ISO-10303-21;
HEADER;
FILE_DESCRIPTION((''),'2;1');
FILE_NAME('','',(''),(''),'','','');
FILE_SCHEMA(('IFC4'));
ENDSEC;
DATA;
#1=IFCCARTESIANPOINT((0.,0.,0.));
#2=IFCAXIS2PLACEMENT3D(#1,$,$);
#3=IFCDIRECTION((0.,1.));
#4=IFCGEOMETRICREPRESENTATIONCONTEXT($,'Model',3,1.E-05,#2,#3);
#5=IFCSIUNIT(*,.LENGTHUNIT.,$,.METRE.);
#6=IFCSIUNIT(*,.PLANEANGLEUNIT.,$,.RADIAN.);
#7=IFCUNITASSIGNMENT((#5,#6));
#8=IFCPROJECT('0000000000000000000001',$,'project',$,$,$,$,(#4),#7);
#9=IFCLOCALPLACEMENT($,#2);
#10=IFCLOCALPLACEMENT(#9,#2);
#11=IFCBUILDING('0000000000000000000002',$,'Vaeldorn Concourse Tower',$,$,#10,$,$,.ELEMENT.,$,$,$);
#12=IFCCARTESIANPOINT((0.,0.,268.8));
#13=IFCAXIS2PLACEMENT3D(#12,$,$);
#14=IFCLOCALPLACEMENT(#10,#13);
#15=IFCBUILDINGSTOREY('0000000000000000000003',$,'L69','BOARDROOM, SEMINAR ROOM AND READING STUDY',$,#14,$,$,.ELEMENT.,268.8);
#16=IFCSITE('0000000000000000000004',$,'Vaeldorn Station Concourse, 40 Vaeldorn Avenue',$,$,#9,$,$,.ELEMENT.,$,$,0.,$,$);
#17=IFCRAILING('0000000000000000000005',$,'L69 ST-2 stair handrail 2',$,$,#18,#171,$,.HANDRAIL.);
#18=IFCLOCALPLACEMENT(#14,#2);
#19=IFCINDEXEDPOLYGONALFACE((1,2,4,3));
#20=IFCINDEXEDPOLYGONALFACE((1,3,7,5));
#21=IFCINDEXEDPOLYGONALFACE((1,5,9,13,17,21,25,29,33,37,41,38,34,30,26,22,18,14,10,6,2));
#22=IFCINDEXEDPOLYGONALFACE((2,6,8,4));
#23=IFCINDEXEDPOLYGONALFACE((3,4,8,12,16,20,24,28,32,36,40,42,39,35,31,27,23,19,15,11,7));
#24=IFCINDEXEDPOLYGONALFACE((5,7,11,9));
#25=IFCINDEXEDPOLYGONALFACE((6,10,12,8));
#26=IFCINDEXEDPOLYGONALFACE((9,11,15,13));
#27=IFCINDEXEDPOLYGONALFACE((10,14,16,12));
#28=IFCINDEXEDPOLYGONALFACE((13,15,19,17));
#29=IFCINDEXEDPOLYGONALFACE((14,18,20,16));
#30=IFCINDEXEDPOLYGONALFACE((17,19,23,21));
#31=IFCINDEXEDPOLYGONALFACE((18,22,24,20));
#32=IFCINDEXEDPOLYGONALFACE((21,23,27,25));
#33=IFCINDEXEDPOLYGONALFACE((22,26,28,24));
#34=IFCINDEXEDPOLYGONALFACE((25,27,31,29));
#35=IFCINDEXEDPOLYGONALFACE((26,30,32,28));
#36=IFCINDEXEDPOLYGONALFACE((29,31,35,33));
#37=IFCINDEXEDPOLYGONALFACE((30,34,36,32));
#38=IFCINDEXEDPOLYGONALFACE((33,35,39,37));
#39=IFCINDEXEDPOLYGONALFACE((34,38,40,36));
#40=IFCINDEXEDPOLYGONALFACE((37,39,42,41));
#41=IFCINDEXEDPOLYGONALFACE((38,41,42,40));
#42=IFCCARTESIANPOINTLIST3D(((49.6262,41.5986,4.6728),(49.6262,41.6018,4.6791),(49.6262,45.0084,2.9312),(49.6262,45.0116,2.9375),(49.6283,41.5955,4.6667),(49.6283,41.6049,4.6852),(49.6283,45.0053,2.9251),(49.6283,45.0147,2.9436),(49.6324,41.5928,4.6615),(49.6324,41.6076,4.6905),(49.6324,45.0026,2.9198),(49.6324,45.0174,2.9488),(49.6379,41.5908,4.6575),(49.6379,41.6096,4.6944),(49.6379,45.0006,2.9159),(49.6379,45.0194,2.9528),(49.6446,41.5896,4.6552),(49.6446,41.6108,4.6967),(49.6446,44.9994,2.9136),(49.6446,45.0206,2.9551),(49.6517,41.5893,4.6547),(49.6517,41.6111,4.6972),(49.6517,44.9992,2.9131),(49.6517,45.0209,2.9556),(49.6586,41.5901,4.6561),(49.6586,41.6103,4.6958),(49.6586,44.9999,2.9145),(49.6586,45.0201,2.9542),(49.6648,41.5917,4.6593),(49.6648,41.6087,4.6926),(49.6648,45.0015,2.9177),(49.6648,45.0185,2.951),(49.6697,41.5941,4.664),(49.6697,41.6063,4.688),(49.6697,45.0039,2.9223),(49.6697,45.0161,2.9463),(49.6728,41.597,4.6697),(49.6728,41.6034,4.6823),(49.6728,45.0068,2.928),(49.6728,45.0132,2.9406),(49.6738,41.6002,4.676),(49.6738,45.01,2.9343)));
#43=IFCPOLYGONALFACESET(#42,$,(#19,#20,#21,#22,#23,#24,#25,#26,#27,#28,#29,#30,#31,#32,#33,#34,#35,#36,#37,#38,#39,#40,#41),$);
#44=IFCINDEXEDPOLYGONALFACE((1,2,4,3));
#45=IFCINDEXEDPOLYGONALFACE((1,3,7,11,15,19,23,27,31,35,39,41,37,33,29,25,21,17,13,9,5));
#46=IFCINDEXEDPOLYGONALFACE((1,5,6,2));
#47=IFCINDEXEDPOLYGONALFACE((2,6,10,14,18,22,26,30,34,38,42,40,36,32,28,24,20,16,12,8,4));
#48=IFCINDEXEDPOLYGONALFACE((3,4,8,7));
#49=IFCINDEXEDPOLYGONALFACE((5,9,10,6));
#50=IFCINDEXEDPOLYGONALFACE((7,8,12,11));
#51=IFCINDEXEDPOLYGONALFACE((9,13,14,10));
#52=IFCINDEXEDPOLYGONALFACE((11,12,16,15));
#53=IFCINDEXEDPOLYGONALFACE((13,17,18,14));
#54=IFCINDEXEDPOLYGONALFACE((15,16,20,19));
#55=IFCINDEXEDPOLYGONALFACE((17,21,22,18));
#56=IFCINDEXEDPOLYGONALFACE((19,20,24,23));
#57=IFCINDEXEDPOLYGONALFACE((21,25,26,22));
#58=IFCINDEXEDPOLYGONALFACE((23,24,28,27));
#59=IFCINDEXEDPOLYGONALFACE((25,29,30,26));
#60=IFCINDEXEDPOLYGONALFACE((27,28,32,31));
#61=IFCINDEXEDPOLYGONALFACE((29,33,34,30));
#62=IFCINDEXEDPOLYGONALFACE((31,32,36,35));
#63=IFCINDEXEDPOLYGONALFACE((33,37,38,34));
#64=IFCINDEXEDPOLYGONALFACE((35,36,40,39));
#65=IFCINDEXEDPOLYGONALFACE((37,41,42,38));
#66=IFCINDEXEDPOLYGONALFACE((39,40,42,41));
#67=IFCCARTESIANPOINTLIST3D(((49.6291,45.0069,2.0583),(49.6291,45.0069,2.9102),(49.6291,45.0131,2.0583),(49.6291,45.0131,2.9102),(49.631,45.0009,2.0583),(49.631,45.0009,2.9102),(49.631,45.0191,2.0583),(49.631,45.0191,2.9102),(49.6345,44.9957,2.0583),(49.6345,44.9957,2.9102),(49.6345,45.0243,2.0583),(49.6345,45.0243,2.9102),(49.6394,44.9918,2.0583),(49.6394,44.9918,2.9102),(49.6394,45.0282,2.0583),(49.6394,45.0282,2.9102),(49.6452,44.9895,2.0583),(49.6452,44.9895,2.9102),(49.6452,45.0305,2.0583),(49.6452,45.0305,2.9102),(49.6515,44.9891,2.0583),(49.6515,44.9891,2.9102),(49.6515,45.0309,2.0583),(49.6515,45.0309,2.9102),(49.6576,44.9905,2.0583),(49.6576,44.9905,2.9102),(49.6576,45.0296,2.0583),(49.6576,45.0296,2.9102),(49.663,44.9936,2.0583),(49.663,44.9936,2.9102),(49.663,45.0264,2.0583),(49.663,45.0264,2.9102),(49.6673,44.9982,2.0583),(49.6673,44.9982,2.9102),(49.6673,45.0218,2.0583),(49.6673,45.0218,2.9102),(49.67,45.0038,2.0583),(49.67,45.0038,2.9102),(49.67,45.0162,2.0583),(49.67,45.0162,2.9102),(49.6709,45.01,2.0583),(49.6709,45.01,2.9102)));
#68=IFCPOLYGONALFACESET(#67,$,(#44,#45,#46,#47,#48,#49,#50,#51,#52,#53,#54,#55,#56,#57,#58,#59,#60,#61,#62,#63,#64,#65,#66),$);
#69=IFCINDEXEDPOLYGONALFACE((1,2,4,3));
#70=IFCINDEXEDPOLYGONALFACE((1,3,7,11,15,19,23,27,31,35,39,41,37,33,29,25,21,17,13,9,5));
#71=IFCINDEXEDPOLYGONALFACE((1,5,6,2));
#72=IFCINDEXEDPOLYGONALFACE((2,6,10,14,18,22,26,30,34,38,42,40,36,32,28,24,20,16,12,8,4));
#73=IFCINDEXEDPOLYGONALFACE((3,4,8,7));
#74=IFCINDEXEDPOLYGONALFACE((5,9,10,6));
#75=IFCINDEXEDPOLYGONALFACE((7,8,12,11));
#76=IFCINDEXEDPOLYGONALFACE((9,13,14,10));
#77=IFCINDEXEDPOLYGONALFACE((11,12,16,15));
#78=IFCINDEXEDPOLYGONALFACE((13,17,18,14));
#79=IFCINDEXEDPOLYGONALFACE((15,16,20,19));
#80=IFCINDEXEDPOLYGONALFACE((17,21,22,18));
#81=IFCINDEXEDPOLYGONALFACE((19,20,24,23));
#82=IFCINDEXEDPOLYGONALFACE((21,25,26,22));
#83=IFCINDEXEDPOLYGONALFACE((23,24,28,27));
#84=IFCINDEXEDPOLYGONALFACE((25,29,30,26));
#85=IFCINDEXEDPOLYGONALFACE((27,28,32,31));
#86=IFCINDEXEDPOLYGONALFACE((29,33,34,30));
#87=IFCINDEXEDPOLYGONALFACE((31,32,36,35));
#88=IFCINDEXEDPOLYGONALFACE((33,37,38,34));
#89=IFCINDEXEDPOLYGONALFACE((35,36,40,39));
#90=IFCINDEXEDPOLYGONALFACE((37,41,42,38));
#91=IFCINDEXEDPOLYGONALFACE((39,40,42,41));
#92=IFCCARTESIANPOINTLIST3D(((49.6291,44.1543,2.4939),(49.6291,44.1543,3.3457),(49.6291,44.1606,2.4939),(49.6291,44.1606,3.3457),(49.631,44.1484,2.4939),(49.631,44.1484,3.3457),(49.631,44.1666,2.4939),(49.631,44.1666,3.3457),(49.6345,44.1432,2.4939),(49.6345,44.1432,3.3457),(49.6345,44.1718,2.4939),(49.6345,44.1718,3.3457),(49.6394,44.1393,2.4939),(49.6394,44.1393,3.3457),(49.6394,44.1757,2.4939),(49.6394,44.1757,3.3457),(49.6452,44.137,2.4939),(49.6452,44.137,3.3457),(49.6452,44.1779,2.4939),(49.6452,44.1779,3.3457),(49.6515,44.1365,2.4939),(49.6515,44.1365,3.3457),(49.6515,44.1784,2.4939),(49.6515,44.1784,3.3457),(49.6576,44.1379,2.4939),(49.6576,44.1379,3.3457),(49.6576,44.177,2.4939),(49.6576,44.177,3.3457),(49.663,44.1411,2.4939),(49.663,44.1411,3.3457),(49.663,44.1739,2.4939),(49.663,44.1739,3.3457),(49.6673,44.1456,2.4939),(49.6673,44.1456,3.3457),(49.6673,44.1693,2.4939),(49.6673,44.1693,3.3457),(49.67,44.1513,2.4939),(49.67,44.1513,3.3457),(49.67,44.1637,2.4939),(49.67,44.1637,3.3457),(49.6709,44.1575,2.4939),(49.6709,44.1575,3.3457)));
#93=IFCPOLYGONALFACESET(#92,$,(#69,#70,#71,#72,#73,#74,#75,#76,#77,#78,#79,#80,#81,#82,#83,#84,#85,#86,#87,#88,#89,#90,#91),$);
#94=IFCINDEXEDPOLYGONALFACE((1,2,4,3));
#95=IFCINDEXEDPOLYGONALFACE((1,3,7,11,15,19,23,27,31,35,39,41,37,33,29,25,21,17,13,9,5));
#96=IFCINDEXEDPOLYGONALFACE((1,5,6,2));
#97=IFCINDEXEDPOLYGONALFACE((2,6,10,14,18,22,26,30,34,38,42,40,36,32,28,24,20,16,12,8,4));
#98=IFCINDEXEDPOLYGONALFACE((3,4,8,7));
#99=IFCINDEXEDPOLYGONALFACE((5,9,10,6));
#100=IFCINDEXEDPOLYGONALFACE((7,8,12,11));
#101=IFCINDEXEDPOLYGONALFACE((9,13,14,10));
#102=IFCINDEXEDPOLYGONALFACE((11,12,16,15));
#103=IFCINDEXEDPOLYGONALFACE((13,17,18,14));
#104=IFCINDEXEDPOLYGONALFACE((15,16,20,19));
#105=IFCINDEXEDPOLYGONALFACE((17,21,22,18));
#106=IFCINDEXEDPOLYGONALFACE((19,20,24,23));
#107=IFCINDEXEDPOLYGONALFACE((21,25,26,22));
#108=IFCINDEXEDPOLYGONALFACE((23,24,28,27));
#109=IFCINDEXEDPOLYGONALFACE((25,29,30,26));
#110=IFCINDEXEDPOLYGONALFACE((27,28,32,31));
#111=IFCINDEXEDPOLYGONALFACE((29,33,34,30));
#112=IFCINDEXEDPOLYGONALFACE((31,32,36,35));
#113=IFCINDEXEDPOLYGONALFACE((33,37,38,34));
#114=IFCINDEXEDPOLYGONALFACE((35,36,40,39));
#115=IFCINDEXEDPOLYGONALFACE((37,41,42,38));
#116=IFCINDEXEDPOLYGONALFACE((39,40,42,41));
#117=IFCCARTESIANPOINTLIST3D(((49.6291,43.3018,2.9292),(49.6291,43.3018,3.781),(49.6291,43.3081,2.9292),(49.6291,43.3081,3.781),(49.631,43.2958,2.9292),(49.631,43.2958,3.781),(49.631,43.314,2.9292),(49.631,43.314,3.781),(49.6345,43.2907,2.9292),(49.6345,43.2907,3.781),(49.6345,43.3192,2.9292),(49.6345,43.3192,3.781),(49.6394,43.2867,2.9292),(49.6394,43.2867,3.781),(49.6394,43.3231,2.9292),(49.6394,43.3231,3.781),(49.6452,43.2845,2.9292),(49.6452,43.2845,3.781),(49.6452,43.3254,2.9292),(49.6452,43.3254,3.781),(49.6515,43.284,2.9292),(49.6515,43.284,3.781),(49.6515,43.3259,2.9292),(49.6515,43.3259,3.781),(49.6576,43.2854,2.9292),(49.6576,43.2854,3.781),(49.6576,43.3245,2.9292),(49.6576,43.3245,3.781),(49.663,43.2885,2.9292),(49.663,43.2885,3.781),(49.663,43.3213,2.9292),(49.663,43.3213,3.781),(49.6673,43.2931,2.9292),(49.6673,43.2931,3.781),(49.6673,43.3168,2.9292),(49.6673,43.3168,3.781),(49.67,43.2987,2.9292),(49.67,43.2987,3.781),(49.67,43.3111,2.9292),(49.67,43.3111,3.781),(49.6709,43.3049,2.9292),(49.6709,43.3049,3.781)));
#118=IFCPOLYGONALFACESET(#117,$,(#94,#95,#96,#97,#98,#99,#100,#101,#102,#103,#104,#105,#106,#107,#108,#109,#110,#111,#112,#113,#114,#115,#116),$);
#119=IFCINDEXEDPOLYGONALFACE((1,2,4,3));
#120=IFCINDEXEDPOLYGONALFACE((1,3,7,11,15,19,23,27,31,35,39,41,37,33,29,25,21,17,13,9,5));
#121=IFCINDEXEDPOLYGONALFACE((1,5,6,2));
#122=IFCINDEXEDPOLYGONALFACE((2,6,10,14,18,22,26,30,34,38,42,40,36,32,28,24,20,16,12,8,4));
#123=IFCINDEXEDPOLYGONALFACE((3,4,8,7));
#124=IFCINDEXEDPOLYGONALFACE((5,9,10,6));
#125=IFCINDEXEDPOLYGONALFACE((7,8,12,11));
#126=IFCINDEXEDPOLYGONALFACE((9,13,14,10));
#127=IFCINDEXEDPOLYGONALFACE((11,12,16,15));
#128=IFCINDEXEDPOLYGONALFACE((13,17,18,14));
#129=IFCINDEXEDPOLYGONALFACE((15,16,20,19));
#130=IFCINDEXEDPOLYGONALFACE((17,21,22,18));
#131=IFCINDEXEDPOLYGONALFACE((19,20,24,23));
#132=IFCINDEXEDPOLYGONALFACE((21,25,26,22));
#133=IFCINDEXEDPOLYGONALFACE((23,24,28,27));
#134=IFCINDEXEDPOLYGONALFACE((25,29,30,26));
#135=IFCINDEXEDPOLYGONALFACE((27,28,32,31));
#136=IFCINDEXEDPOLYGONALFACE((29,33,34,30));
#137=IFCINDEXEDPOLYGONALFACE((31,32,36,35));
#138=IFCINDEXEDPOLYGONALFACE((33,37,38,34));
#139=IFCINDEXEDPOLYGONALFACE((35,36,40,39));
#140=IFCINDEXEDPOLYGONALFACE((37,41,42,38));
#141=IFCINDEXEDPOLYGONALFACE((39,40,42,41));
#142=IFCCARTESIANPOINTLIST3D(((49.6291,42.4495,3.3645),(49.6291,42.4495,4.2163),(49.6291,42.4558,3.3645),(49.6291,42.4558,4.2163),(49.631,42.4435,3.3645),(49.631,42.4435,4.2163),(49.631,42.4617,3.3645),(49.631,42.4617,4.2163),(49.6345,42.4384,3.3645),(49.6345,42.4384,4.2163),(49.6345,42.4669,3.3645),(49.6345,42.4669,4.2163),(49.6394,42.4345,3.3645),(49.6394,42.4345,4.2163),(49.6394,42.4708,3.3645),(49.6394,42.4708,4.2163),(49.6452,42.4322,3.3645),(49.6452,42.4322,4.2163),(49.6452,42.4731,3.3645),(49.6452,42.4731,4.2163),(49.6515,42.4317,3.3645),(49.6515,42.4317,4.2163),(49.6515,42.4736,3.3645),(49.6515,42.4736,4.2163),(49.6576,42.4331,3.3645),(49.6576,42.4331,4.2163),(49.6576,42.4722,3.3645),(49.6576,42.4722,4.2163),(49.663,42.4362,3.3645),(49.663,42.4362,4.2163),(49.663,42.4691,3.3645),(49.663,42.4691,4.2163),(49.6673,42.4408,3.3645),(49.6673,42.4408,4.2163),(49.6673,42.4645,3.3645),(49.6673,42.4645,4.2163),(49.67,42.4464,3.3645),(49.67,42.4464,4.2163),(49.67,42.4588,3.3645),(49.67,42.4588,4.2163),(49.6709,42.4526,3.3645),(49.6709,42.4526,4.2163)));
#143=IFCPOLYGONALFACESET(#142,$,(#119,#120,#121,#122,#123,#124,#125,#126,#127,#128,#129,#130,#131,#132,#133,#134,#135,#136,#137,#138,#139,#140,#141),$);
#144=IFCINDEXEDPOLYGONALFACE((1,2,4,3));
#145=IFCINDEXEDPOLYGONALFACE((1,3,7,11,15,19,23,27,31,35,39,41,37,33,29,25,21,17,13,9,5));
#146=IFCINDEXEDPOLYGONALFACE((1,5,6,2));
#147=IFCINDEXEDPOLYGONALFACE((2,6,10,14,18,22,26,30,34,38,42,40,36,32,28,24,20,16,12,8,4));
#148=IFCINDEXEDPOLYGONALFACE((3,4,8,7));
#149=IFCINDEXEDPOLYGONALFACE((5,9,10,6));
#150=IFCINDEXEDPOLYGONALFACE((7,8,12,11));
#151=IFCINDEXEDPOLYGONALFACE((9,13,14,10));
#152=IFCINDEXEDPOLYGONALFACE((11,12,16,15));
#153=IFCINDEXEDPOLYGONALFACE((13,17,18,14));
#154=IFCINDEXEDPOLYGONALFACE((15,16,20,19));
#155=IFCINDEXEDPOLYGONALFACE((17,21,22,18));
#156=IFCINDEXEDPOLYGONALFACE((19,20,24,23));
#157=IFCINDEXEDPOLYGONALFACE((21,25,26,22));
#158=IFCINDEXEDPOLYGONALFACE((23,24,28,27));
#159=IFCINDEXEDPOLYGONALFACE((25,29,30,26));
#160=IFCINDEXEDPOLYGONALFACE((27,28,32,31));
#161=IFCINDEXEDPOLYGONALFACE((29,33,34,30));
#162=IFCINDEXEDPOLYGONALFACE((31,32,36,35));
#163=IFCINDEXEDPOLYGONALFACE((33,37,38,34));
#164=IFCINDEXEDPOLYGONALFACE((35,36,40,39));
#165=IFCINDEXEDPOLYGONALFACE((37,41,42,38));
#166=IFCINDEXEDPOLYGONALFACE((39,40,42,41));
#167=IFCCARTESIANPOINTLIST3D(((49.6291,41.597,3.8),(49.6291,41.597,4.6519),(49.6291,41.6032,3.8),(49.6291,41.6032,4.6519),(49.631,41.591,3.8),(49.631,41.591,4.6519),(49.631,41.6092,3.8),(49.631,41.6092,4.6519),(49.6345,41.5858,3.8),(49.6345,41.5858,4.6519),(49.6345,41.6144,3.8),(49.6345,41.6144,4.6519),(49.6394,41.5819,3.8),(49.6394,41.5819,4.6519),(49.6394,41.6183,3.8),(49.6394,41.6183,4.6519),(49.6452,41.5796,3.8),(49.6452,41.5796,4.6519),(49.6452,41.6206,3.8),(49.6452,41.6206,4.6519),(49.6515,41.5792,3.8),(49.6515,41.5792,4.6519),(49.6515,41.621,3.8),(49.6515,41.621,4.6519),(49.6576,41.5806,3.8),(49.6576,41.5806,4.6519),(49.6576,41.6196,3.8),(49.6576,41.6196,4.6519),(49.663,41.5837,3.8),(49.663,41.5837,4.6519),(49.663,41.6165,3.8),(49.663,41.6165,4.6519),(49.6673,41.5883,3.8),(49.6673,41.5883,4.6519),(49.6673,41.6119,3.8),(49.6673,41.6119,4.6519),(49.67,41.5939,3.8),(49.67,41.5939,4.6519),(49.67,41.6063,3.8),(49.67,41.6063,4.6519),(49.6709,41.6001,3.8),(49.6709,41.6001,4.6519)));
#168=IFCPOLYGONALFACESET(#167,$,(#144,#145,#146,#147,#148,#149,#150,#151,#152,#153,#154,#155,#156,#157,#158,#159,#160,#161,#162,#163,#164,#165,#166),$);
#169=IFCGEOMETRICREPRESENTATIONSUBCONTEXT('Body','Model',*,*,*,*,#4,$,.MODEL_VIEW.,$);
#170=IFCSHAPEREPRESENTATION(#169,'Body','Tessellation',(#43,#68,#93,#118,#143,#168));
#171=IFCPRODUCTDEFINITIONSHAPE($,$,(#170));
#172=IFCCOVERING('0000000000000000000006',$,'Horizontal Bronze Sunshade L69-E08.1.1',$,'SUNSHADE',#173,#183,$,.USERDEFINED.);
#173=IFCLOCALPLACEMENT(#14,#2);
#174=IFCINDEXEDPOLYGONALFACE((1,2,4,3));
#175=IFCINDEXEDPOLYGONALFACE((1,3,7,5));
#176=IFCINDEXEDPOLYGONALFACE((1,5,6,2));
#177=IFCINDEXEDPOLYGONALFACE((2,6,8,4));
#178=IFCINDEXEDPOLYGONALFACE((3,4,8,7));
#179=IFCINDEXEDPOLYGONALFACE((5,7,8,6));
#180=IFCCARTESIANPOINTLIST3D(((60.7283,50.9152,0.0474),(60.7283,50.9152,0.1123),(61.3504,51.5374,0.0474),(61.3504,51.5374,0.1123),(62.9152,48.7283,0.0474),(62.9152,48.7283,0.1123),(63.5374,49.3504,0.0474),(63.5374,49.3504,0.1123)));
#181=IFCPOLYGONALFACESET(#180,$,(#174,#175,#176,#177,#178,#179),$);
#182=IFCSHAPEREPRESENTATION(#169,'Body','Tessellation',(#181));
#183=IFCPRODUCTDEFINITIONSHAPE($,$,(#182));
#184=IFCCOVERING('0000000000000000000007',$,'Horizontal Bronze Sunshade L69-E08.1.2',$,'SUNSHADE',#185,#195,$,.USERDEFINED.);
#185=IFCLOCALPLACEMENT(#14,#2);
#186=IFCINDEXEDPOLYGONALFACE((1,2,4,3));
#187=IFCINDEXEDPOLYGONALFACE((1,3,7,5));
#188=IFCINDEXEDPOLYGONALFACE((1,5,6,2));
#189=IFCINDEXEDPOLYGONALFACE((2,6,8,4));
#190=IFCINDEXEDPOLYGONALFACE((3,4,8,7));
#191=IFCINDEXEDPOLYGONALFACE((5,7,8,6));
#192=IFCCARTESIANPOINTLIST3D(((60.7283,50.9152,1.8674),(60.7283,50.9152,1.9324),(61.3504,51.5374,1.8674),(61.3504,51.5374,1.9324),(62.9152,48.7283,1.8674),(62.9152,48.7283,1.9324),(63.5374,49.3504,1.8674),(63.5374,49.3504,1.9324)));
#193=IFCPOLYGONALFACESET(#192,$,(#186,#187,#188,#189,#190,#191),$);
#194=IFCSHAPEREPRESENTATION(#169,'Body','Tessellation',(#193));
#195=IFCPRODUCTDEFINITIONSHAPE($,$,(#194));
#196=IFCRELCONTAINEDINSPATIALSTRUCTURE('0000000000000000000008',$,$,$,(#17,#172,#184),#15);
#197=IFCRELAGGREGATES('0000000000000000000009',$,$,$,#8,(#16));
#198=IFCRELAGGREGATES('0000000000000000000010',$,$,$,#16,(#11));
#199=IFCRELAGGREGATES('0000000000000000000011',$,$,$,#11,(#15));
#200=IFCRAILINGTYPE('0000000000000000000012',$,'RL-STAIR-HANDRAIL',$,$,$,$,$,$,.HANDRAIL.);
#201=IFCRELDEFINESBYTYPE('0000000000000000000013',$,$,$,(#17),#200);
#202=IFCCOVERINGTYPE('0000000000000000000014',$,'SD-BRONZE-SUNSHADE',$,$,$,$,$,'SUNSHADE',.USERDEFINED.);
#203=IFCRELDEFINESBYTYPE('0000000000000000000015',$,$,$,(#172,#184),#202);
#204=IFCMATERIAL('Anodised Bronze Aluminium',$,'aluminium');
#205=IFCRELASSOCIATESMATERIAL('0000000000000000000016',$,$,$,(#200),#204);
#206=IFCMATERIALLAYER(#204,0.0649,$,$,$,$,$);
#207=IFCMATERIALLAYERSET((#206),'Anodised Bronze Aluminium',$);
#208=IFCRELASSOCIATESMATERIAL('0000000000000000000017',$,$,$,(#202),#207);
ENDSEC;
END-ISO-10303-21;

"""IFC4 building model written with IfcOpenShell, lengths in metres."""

from ifc_helpers import new_model, si_unit, direction, frame, origin, origin_2d, place, context, subcontext, project, spatial, rectangle, circle, extrude, source, transform, mapped, material, layer, layer_set, type_object, element, save


model = new_model("IFC4")

# Units and contexts
model_context = context("Model", 3, precision=1e-05, world=origin(), true_north=direction((0.0, 1.0)))
body_context = subcontext(model_context, "Body", "Model", "MODEL_VIEW")
ifc_project = project(units=[si_unit("LENGTHUNIT", "METRE"), si_unit("PLANEANGLEUNIT", "RADIAN")], contexts=[model_context])

# Site, building, storey
site_placement = place(None, origin())
site = spatial("IfcSite", under=ifc_project, at=site_placement, Name="Vaeldorn Station Concourse, 40 Vaeldorn Avenue", CompositionType="ELEMENT", RefElevation=0.0)
building_placement = place(site_placement, origin())
building = spatial("IfcBuilding", under=site, at=building_placement, Name="Vaeldorn Concourse Tower", CompositionType="ELEMENT")
storey_placement = place(building_placement, frame((0.0, 0.0, 268.8)))
storey = spatial("IfcBuildingStorey", under=building, at=storey_placement, Name="L69", Description="BOARDROOM, SEMINAR ROOM AND READING STUDY", CompositionType="ELEMENT", Elevation=268.8)

# Shared definitions
ifc_material_1 = material(Name="Anodised Bronze Aluminium", Category="aluminium")

# Railing
railing_type_1 = type_object("IfcRailingType", Name="RL-STAIR-HANDRAIL", PredefinedType="HANDRAIL", material=ifc_material_1)
railing_1_placement = place(storey_placement, frame((49.6499, 45.01, 2.0583)))
element("IfcRailing", 1, at=railing_1_placement, inside=storey, type_object=railing_type_1, Name="L69 ST-2 stair handrail 2", PredefinedType="HANDRAIL", context=body_context, shape_type="SweptSolid", body=[
    extrude(circle(Radius=0.0239, at=origin_2d()), frame((0.0, 0.0, 0.876), z_axis=(0.0, -0.890556, 0.454874), x_axis=(1.0, 0.0, 0.0)), (0.0, 0.0, 1.0), 3.8289),
    extrude(circle(Radius=0.021, at=origin_2d()), origin(), (0.0, 0.0, 1.0), 0.8518),
    extrude(circle(Radius=0.021, at=origin_2d()), frame((0.0, -0.8525, 0.4355)), (0.0, 0.0, 1.0), 0.8518),
    extrude(circle(Radius=0.021, at=origin_2d()), frame((0.0, -1.7051, 0.8708)), (0.0, 0.0, 1.0), 0.8518),
    extrude(circle(Radius=0.021, at=origin_2d()), frame((0.0, -2.5574, 1.3062)), (0.0, 0.0, 1.0), 0.8518),
    extrude(circle(Radius=0.021, at=origin_2d()), frame((0.0, -3.4099, 1.7417)), (0.0, 0.0, 1.0), 0.8518),
])

# Coverings
ifc_layer_1 = layer(ifc_material_1, 0.0649)
ifc_layer_set_1 = layer_set([ifc_layer_1], Name="Anodised Bronze Aluminium")
covering_type = type_object("IfcCoveringType", Name="SD-BRONZE-SUNSHADE", ElementType="SUNSHADE", PredefinedType="USERDEFINED", material=ifc_layer_set_1)
shared_shape_1 = source(origin(), body_context, "Body", "SweptSolid", [
    extrude(rectangle(XDim=3.0928, YDim=0.8799, at=origin_2d()), origin(), (0.0, 0.0, 1.0), 0.0649),
])
for number, where, z_axis, x_axis, name in (
    (2, (62.1328, 50.1328, 0.0474), (0.0, 0.0, 1.0), (-0.707107, 0.707107, 0.0), "Horizontal Bronze Sunshade L69-E08.1.1"),
    (3, (62.1328, 50.1328, 1.8674), (0.0, 0.0, 1.0), (-0.707107, 0.707107, 0.0), "Horizontal Bronze Sunshade L69-E08.1.2"),
):
    element("IfcCovering", number, at=place(storey_placement, frame(where, z_axis=z_axis, x_axis=x_axis)), inside=storey, type_object=covering_type, Name=name, ObjectType="SUNSHADE", PredefinedType="USERDEFINED", context=body_context, shape_type="MappedRepresentation", body=[
        mapped(shared_shape_1, transform((0.0, 0.0, 0.0), scale=1.0)),
    ])

save(model, "model.ifc")
